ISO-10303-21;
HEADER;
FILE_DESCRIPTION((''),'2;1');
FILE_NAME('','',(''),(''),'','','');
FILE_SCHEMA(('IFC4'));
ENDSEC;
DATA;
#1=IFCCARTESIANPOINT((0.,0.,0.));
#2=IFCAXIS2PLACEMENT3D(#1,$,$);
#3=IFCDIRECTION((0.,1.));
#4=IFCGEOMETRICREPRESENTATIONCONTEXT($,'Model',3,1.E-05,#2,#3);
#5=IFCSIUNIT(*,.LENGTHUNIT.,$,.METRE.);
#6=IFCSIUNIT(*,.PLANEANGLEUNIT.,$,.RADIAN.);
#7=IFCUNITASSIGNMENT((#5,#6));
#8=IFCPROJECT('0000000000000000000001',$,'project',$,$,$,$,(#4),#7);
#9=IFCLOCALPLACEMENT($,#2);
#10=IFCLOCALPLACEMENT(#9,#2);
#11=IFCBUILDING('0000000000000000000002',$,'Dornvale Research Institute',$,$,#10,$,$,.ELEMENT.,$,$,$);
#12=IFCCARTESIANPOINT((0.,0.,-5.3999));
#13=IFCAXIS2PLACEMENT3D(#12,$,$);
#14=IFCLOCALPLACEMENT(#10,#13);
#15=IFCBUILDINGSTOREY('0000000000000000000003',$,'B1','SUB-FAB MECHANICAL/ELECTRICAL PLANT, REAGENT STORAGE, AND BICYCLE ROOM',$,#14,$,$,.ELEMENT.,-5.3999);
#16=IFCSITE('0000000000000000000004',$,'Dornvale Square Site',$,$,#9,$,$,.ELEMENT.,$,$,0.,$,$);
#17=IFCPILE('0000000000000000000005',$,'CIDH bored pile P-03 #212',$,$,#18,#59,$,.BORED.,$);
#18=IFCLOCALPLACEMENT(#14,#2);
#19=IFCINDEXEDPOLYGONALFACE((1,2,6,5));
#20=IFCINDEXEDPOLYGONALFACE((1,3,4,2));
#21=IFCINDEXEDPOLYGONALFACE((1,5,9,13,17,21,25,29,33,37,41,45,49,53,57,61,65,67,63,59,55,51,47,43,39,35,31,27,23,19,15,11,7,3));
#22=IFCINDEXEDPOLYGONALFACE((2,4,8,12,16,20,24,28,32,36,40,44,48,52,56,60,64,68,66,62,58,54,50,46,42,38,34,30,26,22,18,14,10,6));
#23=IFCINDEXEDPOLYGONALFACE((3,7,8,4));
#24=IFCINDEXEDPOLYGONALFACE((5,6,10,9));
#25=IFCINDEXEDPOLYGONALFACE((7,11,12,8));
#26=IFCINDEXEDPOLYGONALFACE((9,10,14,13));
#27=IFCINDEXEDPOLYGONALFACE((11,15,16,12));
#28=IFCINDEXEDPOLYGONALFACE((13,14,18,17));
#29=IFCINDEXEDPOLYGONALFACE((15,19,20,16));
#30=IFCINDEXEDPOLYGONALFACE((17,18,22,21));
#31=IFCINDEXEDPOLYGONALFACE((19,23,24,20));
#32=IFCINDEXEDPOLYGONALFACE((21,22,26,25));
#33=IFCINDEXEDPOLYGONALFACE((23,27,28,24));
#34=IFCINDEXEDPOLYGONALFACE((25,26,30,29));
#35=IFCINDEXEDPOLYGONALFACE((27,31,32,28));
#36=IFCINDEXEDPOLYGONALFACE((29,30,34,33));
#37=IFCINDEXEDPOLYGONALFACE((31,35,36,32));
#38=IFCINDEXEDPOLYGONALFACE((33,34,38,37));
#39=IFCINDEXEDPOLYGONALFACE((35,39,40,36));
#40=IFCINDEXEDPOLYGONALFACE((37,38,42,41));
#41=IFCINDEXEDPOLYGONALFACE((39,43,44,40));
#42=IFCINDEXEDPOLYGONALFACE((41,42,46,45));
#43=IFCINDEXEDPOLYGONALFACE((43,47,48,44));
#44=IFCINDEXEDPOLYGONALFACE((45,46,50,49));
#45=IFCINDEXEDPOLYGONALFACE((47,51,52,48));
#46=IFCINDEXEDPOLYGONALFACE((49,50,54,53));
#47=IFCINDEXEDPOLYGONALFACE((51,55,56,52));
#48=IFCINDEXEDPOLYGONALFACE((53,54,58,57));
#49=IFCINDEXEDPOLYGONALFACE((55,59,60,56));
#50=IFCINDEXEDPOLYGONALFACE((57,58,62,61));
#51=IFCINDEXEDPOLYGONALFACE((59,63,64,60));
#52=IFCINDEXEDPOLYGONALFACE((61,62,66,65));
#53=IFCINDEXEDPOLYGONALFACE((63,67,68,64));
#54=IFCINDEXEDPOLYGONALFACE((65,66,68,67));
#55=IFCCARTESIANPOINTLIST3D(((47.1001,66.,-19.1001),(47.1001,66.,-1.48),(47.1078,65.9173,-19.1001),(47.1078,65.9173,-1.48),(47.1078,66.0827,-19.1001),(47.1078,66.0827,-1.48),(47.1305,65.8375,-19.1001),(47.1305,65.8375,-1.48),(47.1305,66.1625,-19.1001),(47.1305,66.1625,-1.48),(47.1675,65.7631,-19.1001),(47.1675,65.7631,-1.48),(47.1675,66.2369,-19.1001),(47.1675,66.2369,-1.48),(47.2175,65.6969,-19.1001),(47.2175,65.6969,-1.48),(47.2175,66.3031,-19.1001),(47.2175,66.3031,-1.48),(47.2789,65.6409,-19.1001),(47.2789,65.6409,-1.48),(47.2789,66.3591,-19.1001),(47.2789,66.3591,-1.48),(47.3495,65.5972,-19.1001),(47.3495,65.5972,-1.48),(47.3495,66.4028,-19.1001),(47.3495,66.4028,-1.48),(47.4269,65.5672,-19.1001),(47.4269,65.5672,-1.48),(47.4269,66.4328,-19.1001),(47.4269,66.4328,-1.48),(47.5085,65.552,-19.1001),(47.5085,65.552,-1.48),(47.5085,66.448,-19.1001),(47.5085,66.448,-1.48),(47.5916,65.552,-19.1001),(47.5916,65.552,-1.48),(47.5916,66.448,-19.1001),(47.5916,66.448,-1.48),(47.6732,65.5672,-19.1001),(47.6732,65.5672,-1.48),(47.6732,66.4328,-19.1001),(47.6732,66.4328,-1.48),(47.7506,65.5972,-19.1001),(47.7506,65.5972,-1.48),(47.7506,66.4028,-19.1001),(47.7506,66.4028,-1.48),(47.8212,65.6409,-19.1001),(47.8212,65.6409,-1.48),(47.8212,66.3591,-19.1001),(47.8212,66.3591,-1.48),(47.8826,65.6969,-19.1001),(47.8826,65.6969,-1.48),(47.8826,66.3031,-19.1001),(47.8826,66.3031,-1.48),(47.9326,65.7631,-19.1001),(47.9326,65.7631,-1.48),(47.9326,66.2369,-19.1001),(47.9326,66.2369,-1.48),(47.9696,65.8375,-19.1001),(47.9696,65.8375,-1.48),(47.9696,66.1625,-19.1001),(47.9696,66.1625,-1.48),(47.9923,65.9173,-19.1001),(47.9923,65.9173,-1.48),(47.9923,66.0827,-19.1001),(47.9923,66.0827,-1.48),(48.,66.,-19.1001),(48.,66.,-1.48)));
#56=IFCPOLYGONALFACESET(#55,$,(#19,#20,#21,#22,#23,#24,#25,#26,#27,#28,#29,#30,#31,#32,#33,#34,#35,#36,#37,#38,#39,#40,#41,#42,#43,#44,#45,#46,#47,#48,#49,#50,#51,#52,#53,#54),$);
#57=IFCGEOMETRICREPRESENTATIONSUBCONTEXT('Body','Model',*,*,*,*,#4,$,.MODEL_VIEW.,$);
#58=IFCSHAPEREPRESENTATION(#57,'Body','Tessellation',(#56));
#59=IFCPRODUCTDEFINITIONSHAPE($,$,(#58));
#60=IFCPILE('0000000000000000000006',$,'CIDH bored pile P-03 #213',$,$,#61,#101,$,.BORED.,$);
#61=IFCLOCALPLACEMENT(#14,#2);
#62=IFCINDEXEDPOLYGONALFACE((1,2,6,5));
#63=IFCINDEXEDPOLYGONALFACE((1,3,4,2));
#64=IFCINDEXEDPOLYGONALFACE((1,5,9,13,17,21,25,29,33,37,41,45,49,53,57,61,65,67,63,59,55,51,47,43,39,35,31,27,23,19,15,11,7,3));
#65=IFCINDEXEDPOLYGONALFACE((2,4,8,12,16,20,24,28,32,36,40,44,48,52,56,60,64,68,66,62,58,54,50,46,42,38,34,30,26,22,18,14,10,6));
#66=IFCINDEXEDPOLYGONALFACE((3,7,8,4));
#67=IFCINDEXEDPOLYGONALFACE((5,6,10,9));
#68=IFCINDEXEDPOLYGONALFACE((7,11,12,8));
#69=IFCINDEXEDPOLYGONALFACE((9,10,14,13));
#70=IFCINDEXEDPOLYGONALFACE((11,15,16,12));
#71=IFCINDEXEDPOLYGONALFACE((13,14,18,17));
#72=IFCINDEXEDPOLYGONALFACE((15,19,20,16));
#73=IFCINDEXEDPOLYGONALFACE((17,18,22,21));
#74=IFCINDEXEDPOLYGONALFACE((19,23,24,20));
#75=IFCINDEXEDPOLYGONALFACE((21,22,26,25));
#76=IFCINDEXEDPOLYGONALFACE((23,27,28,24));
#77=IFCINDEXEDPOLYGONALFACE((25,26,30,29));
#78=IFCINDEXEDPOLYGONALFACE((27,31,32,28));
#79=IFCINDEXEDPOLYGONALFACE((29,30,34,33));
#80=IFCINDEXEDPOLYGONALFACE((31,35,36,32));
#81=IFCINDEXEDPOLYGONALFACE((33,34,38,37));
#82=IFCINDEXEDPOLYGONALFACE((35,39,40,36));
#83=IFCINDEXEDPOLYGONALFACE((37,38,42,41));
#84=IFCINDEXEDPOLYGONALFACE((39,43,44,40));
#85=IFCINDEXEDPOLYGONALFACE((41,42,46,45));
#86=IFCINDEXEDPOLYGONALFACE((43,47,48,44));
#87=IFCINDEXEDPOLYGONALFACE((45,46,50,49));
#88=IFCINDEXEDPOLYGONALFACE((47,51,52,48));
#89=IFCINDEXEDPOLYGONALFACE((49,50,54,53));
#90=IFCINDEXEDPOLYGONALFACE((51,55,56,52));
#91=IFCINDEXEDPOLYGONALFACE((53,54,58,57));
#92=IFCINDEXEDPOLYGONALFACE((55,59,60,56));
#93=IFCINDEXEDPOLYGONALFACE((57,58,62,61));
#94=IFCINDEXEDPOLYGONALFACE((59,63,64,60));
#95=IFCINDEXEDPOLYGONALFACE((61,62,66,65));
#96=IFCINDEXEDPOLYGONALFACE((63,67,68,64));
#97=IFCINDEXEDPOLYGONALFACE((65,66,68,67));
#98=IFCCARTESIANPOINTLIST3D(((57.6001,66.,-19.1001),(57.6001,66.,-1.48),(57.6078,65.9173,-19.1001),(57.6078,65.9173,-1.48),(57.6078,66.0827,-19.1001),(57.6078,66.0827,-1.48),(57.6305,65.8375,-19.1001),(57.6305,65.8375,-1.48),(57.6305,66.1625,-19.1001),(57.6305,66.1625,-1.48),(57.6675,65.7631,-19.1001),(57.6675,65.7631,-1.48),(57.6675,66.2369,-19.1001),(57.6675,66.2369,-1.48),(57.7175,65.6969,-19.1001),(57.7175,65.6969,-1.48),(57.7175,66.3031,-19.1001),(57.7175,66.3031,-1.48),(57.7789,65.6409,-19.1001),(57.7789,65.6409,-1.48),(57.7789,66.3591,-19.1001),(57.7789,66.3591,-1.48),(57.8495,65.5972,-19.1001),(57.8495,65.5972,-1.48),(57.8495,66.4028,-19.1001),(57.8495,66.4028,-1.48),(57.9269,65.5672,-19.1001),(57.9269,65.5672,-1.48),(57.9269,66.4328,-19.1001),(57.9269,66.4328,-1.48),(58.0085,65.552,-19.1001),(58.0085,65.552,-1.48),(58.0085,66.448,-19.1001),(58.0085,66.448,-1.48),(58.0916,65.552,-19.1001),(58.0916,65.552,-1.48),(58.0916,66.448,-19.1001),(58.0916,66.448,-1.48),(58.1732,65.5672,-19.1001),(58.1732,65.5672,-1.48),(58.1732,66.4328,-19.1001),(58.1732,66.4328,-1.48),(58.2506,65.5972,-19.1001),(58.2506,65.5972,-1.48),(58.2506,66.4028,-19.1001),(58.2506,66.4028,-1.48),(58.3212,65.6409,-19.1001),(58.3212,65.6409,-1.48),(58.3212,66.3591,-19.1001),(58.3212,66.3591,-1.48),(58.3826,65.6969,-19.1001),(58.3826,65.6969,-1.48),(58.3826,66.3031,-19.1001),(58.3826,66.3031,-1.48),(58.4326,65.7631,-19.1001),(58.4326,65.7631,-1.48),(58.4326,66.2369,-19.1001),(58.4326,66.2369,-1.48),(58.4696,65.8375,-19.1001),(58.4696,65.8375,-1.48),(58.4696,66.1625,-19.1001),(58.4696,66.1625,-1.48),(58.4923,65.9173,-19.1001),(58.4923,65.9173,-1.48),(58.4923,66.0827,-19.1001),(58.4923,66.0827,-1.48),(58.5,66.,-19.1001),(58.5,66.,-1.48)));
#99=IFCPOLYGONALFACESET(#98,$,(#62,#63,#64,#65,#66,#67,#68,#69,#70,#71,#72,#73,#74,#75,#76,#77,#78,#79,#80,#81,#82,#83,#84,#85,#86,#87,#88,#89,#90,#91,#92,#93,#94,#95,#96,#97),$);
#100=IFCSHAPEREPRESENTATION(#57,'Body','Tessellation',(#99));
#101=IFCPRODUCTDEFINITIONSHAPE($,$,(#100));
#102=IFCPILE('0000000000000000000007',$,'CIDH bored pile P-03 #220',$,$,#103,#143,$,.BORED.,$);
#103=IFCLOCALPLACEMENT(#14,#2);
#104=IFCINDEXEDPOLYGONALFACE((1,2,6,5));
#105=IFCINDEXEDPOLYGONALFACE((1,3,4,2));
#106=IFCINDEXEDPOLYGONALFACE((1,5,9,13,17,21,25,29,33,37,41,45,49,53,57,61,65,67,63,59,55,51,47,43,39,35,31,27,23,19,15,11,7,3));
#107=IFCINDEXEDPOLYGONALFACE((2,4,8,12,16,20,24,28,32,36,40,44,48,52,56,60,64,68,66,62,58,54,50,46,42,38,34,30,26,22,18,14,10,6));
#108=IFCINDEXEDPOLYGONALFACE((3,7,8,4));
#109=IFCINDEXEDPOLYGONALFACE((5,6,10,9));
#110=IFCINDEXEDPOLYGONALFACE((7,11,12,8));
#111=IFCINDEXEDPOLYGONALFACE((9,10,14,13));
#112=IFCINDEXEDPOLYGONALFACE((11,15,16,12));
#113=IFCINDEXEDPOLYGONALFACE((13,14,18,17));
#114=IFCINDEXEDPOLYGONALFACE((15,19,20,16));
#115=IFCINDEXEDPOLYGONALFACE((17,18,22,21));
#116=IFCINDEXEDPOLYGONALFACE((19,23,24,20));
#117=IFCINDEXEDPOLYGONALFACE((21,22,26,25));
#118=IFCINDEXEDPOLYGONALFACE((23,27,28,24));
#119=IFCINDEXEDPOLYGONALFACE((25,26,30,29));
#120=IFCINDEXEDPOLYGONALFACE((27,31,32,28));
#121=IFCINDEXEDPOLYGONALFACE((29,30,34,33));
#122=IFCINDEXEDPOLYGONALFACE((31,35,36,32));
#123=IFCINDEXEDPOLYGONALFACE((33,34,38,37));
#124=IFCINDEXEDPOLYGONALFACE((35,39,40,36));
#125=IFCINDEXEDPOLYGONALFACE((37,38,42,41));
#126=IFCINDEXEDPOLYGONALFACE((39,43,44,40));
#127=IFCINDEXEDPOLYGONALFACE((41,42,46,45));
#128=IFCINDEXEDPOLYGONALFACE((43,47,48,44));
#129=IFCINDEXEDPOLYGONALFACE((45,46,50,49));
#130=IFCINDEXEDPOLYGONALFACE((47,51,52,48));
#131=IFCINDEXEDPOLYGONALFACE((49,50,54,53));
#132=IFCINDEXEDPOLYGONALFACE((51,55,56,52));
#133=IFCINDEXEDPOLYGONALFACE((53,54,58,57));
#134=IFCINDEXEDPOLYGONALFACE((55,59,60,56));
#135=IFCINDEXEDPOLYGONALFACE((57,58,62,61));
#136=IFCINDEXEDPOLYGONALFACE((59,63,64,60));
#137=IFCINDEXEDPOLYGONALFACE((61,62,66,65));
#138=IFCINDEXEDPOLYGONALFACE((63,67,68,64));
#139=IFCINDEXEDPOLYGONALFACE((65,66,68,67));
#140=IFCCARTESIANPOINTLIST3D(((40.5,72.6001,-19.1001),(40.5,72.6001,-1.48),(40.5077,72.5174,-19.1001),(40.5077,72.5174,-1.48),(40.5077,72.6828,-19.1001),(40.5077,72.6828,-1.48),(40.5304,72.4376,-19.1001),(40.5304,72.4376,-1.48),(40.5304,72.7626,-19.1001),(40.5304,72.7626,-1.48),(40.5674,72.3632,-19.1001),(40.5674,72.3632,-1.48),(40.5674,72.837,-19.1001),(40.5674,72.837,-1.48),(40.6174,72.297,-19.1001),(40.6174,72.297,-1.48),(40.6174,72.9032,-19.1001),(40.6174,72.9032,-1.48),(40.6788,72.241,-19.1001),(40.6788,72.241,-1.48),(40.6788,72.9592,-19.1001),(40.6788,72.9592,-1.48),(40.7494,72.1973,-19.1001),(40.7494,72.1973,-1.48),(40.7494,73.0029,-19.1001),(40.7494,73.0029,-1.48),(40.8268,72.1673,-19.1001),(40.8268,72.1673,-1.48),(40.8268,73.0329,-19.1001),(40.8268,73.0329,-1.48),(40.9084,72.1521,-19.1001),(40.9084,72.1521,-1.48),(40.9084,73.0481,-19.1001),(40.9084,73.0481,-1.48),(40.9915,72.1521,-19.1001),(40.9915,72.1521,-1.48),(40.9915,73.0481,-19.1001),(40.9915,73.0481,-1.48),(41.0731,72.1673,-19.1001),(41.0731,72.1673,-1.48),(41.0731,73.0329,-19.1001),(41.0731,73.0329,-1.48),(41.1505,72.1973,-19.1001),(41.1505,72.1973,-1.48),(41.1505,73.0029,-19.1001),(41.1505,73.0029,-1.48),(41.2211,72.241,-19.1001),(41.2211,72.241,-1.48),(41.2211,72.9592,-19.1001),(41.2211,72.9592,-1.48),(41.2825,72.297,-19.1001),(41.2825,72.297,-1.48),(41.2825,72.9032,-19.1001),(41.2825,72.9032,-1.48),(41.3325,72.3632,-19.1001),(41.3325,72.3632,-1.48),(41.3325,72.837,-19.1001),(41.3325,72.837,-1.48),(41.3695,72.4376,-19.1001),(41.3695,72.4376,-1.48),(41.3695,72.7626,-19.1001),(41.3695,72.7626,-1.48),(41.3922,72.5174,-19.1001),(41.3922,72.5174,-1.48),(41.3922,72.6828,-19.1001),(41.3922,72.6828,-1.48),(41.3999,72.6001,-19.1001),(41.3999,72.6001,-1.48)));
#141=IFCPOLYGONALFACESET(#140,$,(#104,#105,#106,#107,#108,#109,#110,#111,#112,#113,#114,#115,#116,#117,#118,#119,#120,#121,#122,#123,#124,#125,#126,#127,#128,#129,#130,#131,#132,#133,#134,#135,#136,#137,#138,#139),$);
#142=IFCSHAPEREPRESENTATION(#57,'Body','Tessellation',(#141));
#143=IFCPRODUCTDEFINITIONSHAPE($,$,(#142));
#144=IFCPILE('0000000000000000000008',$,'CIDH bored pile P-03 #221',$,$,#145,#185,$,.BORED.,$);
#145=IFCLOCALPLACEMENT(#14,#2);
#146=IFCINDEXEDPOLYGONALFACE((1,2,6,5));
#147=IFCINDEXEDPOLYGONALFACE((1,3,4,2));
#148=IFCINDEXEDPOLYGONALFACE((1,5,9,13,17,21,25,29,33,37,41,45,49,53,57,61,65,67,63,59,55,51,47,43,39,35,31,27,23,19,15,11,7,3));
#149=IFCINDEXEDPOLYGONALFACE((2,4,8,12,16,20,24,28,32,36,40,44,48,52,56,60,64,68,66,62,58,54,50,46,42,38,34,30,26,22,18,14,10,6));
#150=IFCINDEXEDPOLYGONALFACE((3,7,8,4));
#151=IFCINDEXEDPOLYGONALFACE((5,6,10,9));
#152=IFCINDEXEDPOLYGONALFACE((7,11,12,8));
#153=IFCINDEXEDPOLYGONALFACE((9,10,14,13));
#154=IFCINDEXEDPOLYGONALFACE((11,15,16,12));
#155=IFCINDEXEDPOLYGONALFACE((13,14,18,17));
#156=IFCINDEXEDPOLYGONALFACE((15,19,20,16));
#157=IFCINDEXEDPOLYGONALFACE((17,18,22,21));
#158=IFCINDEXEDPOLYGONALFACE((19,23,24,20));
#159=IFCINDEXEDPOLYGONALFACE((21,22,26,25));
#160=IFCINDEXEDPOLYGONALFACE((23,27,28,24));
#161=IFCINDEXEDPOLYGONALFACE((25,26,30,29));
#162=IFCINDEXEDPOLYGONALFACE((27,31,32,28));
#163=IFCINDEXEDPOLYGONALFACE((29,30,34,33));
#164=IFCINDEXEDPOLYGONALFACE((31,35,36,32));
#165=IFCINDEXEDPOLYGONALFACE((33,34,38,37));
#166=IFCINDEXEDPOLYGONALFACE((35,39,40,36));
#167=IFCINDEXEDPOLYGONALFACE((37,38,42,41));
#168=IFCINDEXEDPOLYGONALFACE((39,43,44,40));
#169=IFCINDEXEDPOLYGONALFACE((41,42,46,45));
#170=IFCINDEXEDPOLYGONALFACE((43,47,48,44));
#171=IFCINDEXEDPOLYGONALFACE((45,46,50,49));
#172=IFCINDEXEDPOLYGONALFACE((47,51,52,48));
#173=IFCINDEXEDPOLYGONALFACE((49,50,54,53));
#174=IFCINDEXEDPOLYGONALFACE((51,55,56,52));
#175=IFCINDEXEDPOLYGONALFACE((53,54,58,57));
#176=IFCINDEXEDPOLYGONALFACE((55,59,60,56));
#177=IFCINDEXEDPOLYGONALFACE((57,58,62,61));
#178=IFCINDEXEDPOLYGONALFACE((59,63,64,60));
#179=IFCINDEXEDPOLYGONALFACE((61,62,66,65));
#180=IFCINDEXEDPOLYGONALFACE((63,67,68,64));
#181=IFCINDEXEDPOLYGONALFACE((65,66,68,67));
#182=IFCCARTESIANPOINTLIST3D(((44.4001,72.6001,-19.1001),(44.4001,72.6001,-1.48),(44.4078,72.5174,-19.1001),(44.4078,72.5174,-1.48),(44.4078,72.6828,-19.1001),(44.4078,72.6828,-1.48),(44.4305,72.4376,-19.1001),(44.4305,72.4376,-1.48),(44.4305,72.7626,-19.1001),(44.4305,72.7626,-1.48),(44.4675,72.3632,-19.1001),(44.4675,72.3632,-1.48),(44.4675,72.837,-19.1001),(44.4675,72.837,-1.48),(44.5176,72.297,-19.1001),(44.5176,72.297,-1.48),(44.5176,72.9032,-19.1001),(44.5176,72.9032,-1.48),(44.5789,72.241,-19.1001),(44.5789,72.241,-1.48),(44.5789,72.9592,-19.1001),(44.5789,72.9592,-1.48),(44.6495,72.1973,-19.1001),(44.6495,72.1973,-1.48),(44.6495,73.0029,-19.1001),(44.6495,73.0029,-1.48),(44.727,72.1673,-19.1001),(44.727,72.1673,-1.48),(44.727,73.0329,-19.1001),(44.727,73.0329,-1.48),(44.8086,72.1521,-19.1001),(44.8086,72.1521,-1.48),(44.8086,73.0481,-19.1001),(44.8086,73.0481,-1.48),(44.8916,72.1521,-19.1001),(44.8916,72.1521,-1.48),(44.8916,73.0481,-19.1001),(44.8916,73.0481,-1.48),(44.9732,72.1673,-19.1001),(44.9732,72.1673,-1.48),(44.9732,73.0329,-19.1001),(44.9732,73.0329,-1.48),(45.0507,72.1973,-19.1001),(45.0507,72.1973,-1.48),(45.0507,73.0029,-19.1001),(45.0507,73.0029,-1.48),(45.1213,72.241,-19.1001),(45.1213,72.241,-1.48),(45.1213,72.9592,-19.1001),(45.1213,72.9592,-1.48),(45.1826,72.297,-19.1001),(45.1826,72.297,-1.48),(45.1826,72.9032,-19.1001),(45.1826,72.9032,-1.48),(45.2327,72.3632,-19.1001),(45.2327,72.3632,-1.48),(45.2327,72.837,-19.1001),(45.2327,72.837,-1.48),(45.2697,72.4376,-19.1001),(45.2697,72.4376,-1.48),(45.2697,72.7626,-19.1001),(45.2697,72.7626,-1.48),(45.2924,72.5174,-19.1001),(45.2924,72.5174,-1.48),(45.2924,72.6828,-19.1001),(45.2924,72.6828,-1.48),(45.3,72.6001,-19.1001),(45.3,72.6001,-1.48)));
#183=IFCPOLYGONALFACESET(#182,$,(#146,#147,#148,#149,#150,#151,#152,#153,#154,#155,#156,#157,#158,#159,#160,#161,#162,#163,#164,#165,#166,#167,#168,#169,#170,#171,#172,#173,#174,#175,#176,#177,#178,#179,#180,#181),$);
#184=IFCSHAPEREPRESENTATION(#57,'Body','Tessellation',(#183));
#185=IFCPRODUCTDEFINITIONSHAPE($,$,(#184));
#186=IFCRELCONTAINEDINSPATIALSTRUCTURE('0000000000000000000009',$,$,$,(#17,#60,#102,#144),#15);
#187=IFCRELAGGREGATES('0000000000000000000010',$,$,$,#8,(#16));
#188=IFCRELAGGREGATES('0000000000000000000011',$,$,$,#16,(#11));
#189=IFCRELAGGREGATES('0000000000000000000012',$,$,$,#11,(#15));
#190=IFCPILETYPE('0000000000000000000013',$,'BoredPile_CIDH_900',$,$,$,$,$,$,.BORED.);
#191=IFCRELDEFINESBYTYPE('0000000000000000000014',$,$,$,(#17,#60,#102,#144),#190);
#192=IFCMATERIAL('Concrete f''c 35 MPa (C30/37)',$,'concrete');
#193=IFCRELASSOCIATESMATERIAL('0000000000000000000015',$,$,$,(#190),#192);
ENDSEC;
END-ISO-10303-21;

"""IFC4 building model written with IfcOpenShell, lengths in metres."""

from ifc_helpers import new_model, si_unit, direction, frame, origin, origin_2d, place, context, subcontext, project, spatial, circle, extrude, material, material_profile, profile_set, type_object, element, save


model = new_model("IFC4")

# Units and contexts
model_context = context("Model", 3, precision=1e-05, world=origin(), true_north=direction((0.0, 1.0)))
body_context = subcontext(model_context, "Body", "Model", "MODEL_VIEW")
ifc_project = project(units=[si_unit("LENGTHUNIT", "METRE"), si_unit("PLANEANGLEUNIT", "RADIAN")], contexts=[model_context])

# Site, building, storey
site_placement = place(None, origin())
site = spatial("IfcSite", under=ifc_project, at=site_placement, Name="Dornvale Square Site", CompositionType="ELEMENT", RefElevation=0.0)
building_placement = place(site_placement, origin())
building = spatial("IfcBuilding", under=site, at=building_placement, Name="Dornvale Research Institute", CompositionType="ELEMENT")
storey_placement = place(building_placement, frame((0.0, 0.0, -5.3999)))
storey = spatial("IfcBuildingStorey", under=building, at=storey_placement, Name="B1", Description="SUB-FAB MECHANICAL/ELECTRICAL PLANT, REAGENT STORAGE, AND BICYCLE ROOM", CompositionType="ELEMENT", Elevation=-5.3999)

# Piles
ifc_material_1 = material(Name="Concrete f'c 35 MPa (C30/37)", Category="concrete")
ifc_material_profile_1 = material_profile(ifc_material_1, circle(Radius=0.45, at=origin_2d()), Name="CIDH PILE D900")
ifc_profile_set_1 = profile_set([ifc_material_profile_1], Name="Concrete f'c 35 MPa (C30/37)")
pile_type = type_object("IfcPileType", Name="BoredPile_CIDH_900", PredefinedType="BORED", material=ifc_profile_set_1)
for number, where, z_axis, x_axis, name in (
    (1, (47.55, 66.0, -1.48), (0.0, 0.0, -1.0), (1.0, 0.0, 0.0), "CIDH bored pile P-03 #212"),
    (2, (58.05, 66.0, -1.48), (0.0, 0.0, -1.0), (1.0, 0.0, 0.0), "CIDH bored pile P-03 #213"),
    (3, (40.95, 72.6001, -1.48), (0.0, 0.0, -1.0), (1.0, 0.0, 0.0), "CIDH bored pile P-03 #220"),
    (4, (44.8501, 72.6001, -1.48), (0.0, 0.0, -1.0), (1.0, 0.0, 0.0), "CIDH bored pile P-03 #221"),
):
    element("IfcPile", number, at=place(storey_placement, frame(where, z_axis=z_axis, x_axis=x_axis)), inside=storey, type_object=pile_type, Name=name, PredefinedType="BORED", context=body_context, shape_type="SweptSolid", body=[
        extrude(circle(Radius=0.45, at=origin_2d()), origin(), (0.0, 0.0, 1.0), 17.6201),
    ])

save(model, "model.ifc")
